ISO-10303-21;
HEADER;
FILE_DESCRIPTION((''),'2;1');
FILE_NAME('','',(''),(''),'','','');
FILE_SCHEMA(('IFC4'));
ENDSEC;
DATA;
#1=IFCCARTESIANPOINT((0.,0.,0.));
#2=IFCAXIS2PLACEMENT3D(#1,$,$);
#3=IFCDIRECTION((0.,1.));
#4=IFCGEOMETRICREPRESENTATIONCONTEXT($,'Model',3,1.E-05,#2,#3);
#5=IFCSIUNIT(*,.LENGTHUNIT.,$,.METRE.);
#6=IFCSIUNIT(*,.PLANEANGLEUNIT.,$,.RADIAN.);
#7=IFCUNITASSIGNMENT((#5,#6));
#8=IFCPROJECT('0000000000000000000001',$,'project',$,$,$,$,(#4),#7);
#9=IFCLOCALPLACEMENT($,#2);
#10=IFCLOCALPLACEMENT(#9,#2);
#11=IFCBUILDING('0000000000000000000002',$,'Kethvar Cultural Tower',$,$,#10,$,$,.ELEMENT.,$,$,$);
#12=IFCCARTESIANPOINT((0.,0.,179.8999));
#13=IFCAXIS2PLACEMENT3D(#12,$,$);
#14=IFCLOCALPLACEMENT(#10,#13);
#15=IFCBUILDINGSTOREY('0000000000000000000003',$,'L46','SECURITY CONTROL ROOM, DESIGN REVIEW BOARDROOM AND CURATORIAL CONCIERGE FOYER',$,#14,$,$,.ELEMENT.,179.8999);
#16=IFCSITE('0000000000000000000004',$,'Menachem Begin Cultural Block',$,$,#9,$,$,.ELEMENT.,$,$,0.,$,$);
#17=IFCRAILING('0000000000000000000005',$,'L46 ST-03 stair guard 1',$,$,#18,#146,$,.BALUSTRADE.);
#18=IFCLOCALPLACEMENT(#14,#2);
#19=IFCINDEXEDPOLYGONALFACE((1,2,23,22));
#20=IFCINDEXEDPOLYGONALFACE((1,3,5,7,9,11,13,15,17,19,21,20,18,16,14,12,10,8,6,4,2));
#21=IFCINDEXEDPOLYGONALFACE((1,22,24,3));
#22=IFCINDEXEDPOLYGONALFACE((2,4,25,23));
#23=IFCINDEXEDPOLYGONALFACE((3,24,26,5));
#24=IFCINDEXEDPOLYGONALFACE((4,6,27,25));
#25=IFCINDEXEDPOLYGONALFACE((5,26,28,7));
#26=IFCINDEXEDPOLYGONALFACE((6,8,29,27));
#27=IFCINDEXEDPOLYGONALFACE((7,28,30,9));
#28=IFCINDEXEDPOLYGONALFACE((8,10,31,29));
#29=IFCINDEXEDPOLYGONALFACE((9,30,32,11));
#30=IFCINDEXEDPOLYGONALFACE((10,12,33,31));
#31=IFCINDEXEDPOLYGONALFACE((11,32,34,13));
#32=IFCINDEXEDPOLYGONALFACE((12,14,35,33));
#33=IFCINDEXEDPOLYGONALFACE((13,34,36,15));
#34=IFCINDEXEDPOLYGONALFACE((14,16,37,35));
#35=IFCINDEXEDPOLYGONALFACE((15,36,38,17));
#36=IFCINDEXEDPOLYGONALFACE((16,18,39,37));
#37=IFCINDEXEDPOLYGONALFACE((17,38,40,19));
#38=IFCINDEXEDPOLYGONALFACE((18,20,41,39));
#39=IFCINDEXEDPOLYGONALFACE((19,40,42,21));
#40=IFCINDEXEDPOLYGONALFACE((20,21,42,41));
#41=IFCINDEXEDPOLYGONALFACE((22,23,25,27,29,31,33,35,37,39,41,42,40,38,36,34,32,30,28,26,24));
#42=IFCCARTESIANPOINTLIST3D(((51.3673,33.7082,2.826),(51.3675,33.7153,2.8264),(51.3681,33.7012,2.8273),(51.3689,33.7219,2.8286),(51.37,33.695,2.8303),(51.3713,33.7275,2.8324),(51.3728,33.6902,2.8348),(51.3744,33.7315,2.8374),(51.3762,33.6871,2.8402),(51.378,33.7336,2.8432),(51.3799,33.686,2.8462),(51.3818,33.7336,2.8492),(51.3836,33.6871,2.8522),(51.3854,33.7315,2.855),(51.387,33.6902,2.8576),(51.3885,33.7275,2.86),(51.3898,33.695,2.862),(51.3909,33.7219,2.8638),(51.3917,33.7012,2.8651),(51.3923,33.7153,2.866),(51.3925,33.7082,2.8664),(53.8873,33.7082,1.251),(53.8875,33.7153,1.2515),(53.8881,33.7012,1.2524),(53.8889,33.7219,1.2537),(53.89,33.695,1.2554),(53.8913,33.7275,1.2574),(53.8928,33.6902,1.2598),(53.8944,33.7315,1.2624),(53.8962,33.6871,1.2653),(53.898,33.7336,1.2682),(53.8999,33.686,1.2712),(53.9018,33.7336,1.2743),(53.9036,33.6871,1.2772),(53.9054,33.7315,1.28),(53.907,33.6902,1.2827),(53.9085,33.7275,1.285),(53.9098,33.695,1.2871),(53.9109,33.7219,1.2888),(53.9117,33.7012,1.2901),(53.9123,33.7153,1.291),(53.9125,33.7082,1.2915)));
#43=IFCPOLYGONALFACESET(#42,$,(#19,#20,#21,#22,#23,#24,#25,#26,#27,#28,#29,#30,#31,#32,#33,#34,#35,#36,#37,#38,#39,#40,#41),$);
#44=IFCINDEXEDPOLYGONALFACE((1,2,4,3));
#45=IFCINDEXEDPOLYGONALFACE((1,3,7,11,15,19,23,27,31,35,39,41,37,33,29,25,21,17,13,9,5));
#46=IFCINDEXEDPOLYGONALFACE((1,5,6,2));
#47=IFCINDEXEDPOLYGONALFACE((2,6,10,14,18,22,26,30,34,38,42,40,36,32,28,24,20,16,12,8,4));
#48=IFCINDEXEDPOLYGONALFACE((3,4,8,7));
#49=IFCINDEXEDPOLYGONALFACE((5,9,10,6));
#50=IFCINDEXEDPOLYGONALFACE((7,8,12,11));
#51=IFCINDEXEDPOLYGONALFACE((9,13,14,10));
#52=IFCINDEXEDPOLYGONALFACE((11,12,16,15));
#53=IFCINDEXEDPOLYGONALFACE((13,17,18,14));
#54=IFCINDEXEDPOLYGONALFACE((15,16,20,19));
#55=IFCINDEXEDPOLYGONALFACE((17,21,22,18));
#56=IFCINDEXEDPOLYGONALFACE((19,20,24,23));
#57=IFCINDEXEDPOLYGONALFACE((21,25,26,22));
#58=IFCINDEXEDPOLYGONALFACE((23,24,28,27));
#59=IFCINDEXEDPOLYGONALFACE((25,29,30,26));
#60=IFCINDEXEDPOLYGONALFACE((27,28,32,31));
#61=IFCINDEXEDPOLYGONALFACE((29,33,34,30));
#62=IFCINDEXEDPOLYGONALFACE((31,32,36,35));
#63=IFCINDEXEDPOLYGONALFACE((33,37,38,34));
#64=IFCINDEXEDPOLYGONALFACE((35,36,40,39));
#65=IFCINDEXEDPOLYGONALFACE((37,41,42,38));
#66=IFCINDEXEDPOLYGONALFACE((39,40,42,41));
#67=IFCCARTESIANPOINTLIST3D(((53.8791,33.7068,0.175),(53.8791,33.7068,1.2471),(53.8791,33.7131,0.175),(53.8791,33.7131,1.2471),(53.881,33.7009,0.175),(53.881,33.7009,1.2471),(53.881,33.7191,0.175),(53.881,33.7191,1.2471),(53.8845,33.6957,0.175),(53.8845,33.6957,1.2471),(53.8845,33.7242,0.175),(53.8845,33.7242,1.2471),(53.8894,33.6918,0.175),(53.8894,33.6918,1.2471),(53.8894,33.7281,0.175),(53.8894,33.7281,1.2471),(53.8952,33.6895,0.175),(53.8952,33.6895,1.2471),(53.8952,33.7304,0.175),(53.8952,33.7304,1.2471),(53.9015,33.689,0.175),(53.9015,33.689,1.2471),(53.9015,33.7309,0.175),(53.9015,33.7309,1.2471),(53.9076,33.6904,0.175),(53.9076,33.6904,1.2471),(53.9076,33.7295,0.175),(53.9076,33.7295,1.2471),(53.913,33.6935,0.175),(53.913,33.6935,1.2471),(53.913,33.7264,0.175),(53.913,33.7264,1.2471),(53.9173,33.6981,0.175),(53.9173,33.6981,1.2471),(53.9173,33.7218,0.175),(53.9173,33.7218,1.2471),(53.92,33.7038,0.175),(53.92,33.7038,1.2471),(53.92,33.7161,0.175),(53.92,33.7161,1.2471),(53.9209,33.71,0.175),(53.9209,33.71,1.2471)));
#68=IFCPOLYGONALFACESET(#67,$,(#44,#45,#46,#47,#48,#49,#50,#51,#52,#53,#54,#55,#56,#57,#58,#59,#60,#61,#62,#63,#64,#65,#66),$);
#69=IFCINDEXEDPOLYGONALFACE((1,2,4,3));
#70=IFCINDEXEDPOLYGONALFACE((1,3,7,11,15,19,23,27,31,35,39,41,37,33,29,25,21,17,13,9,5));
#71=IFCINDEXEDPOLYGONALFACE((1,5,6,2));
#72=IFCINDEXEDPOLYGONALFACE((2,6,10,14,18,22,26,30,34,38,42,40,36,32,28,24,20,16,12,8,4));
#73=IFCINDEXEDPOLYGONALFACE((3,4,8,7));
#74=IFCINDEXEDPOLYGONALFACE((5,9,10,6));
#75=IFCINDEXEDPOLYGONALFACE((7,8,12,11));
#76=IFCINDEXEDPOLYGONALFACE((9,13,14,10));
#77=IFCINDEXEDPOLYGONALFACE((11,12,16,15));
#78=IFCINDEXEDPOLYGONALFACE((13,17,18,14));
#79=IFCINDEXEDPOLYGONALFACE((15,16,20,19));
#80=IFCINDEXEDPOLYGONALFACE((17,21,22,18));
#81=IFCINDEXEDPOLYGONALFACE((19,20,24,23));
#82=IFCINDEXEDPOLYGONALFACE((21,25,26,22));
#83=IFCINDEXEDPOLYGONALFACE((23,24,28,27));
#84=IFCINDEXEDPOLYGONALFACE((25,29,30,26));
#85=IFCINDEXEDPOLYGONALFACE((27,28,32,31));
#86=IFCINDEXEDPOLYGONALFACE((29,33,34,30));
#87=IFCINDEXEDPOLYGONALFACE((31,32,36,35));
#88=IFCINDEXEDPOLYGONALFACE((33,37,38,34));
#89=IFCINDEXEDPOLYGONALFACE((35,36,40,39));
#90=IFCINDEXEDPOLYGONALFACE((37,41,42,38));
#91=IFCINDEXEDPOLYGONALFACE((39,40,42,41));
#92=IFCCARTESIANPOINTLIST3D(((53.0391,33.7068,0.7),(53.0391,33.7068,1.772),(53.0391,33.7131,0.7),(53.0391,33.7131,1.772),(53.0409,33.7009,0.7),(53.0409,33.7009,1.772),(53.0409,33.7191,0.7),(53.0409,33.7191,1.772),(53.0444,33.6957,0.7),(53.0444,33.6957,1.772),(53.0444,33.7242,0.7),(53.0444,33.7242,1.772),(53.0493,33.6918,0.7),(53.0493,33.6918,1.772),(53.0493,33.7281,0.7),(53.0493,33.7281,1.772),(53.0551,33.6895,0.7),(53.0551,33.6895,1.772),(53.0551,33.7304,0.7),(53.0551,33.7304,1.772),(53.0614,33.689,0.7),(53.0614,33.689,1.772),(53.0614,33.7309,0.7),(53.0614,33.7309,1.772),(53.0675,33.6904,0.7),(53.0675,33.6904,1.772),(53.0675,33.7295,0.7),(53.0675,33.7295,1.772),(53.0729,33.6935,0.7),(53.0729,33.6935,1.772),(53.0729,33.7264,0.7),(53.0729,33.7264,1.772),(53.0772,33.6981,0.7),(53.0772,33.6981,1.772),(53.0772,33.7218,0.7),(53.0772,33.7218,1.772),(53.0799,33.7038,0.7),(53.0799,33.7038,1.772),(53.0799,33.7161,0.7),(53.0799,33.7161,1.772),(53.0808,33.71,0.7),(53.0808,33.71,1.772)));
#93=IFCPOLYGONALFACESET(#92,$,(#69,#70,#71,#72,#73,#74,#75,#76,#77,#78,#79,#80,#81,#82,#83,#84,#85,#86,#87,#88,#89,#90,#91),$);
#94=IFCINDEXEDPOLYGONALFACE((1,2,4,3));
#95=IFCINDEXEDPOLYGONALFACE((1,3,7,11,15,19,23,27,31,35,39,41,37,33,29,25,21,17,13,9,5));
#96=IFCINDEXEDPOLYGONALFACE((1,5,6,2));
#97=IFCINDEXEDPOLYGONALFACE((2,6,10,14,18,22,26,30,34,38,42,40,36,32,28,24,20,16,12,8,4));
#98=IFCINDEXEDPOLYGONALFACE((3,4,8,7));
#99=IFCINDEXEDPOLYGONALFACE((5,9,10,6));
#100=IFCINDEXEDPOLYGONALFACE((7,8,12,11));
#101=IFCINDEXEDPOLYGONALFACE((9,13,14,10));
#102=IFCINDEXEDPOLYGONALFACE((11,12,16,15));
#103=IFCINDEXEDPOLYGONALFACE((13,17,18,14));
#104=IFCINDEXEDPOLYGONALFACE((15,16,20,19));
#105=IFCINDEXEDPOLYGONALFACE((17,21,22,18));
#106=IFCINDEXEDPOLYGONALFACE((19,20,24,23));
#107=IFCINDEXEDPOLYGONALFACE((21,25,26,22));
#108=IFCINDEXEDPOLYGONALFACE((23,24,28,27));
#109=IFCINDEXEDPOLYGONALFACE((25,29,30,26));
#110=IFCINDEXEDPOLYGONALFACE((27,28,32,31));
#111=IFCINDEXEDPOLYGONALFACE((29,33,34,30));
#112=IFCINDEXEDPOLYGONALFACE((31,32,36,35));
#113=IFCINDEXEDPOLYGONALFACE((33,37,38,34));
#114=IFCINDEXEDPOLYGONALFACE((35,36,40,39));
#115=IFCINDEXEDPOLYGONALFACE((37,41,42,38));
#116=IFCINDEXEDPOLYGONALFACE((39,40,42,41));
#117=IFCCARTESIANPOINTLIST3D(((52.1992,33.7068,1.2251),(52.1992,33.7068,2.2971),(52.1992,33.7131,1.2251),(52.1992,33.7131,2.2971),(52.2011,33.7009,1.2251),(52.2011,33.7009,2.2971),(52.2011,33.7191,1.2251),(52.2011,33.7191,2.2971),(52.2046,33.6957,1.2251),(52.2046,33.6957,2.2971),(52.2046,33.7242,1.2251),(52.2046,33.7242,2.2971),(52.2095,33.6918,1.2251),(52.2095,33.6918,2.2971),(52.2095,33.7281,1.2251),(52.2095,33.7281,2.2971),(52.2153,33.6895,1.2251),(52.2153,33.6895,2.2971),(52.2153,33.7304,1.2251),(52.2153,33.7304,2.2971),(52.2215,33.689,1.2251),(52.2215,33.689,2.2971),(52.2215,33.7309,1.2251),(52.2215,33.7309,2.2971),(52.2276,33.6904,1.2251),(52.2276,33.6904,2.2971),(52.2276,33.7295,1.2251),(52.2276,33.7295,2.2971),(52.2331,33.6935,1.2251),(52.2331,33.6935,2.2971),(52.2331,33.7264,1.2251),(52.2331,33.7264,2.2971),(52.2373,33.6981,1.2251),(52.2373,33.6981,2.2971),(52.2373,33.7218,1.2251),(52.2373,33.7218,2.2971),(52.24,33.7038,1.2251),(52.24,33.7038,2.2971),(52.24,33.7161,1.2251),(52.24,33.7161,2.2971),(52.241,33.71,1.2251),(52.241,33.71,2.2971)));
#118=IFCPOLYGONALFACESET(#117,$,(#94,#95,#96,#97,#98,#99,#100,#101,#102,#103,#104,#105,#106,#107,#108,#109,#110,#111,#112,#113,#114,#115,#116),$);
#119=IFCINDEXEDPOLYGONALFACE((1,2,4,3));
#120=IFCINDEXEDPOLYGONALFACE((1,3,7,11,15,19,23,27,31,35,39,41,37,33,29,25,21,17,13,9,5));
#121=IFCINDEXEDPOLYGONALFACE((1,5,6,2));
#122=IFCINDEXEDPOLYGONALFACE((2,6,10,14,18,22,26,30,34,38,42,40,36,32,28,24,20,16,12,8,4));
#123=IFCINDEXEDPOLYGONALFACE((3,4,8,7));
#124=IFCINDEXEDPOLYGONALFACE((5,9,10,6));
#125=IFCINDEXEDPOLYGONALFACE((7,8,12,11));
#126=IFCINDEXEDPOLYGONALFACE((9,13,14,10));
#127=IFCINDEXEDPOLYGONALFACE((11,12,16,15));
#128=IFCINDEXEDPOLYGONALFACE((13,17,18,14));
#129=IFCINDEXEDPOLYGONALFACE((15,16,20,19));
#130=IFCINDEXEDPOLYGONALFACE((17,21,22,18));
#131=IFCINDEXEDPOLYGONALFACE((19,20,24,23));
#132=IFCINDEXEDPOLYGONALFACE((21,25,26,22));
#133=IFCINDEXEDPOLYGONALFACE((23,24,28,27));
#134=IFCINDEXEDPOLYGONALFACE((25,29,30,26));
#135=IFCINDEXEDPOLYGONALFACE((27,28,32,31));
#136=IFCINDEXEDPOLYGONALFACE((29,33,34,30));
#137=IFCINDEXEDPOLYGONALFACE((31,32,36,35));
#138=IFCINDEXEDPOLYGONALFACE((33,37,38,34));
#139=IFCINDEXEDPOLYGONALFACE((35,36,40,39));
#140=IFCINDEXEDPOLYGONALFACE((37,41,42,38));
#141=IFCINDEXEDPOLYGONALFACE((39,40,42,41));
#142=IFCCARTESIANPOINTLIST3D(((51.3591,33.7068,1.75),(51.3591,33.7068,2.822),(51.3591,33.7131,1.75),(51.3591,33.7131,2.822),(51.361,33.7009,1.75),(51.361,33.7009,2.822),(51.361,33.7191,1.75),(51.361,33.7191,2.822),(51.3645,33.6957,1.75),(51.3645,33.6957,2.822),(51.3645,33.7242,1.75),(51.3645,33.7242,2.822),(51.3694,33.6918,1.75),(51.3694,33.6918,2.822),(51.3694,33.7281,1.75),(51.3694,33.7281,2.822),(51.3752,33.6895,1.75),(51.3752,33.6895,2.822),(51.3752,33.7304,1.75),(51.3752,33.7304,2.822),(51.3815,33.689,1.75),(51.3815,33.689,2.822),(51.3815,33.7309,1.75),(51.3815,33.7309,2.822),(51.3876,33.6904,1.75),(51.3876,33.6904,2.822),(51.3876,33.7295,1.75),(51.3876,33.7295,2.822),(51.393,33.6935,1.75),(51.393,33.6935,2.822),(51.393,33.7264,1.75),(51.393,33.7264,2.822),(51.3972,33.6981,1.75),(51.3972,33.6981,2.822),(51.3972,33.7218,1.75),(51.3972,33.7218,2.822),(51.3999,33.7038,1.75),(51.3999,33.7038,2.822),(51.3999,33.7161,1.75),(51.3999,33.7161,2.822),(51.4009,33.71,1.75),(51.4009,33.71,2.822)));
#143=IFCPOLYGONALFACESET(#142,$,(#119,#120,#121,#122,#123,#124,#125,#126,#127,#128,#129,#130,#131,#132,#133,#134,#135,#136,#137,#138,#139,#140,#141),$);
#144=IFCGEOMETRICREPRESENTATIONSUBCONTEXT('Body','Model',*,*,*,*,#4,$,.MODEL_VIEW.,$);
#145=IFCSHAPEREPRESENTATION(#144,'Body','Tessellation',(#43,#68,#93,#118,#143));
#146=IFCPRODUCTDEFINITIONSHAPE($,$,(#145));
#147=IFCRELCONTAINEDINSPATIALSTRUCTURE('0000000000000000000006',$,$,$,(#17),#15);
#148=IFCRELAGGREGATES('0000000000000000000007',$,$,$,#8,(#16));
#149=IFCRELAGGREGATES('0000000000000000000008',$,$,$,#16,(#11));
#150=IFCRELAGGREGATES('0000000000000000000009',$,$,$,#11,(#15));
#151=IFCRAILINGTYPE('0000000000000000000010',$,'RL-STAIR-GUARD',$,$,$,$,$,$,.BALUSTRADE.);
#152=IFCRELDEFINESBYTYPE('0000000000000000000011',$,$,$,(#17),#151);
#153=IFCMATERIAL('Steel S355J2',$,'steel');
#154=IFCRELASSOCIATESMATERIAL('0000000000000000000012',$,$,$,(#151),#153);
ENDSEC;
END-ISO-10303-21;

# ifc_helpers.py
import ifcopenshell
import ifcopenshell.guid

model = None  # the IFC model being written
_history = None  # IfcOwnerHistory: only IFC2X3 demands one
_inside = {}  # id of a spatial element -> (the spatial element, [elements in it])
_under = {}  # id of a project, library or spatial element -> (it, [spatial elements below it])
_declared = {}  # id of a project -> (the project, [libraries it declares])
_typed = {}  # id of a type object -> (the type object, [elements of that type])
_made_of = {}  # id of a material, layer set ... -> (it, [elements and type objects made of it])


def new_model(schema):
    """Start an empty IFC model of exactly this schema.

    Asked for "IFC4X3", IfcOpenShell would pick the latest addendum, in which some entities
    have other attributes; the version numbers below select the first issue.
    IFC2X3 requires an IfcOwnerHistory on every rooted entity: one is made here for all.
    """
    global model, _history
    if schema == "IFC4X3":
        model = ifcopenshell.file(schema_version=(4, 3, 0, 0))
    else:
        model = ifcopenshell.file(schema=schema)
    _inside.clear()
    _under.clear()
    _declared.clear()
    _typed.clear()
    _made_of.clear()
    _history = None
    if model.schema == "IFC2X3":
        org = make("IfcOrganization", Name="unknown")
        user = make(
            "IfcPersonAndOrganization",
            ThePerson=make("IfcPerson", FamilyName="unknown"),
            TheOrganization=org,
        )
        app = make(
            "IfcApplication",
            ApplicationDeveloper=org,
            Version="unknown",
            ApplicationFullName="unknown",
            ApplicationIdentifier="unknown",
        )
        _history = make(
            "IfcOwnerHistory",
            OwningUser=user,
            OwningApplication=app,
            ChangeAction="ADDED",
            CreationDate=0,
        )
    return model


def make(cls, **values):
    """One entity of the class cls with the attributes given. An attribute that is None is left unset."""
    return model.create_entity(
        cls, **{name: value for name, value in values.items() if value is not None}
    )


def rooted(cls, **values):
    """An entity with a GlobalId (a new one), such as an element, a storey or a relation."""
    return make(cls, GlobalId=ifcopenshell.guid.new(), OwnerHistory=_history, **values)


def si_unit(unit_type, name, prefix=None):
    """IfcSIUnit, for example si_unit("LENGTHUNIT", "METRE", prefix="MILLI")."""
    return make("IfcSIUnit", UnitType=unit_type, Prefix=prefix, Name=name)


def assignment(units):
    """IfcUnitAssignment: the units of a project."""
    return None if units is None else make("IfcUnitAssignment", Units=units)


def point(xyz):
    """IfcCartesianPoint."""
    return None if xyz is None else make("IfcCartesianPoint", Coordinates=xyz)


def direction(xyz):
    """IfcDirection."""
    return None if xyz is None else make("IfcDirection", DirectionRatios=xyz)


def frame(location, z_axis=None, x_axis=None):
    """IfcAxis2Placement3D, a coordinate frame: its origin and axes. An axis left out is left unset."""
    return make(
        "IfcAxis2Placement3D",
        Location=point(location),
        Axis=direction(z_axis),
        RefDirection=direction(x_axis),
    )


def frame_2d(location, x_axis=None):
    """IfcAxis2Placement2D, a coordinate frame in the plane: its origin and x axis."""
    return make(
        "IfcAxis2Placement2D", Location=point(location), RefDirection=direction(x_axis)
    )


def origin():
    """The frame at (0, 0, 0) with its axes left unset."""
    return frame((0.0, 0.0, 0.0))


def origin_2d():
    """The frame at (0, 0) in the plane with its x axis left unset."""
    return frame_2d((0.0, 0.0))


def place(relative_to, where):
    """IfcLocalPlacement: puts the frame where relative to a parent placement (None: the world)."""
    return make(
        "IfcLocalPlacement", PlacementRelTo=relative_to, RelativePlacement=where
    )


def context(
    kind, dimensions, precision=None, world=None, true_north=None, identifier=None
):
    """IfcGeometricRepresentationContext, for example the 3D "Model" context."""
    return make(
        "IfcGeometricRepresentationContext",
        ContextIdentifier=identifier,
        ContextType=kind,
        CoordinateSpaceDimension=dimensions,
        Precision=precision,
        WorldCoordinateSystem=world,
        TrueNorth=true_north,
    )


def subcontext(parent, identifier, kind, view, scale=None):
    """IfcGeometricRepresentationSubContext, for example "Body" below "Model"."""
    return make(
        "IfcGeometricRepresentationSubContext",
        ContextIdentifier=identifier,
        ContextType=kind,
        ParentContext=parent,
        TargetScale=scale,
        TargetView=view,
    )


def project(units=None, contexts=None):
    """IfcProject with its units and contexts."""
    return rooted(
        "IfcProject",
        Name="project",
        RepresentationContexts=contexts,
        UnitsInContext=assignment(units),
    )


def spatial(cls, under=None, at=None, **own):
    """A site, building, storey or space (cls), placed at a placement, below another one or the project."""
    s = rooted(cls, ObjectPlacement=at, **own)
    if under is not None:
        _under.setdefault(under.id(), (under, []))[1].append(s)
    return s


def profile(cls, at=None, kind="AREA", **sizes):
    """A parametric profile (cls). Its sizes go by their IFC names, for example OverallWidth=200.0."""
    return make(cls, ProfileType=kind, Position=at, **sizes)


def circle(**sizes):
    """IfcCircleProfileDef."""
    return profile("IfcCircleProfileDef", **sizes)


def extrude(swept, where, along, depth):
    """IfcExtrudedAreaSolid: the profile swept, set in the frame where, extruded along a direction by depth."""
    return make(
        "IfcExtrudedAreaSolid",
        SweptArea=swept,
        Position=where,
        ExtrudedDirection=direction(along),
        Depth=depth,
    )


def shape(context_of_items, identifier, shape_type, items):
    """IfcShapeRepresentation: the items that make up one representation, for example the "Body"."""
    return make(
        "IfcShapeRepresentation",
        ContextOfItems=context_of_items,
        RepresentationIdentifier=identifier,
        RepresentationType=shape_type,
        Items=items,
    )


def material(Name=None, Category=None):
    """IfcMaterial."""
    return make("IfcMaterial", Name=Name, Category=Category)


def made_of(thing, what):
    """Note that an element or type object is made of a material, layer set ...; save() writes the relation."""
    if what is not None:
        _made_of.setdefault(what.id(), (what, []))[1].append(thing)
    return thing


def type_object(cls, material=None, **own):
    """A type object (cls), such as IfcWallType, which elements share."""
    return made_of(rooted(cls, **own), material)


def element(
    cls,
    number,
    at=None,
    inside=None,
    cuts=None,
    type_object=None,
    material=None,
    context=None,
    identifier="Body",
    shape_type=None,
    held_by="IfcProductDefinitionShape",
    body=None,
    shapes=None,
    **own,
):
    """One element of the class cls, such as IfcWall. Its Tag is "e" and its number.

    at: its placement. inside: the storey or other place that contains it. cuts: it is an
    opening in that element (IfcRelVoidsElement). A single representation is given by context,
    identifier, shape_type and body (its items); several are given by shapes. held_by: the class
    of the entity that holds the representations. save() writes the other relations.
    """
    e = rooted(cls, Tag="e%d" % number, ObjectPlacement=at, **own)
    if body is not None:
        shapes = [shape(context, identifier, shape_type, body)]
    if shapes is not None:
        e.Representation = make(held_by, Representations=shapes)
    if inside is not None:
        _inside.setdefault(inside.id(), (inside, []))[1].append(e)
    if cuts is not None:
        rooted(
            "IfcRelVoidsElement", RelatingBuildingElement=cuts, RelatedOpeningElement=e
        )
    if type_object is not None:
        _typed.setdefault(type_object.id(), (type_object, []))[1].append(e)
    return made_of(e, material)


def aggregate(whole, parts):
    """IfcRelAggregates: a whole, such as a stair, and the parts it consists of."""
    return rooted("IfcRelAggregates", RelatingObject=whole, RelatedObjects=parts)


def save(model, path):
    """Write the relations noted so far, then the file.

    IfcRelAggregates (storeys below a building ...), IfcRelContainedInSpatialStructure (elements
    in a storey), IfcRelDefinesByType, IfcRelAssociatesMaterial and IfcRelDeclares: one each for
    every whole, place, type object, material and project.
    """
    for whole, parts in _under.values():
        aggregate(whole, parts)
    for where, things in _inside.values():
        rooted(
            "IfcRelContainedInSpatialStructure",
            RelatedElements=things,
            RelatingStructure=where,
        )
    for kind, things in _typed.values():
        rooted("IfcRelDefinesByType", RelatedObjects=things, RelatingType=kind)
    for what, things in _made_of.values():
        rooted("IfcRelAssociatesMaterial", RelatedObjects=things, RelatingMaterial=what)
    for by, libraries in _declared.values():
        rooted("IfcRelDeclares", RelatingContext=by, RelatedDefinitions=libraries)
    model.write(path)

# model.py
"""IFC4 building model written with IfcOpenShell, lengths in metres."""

from ifc_helpers import new_model, si_unit, direction, frame, origin, origin_2d, place, context, subcontext, project, spatial, circle, extrude, material, type_object, element, save


model = new_model("IFC4")

# Units and contexts
model_context = context("Model", 3, precision=1e-05, world=origin(), true_north=direction((0.0, 1.0)))
body_context = subcontext(model_context, "Body", "Model", "MODEL_VIEW")
ifc_project = project(units=[si_unit("LENGTHUNIT", "METRE"), si_unit("PLANEANGLEUNIT", "RADIAN")], contexts=[model_context])

# Site, building, storey
site_placement = place(None, origin())
site = spatial("IfcSite", under=ifc_project, at=site_placement, Name="Menachem Begin Cultural Block", CompositionType="ELEMENT", RefElevation=0.0)
building_placement = place(site_placement, origin())
building = spatial("IfcBuilding", under=site, at=building_placement, Name="Kethvar Cultural Tower", CompositionType="ELEMENT")
storey_placement = place(building_placement, frame((0.0, 0.0, 179.8999)))
storey = spatial("IfcBuildingStorey", under=building, at=storey_placement, Name="L46", Description="SECURITY CONTROL ROOM, DESIGN REVIEW BOARDROOM AND CURATORIAL CONCIERGE FOYER", CompositionType="ELEMENT", Elevation=179.8999)

# Shared definitions
ifc_material_1 = material(Name="Steel S355J2", Category="steel")

# Railing
railing_type_1 = type_object("IfcRailingType", Name="RL-STAIR-GUARD", PredefinedType="BALUSTRADE", material=ifc_material_1)
railing_1_placement = place(storey_placement, frame((53.8999, 33.71, 0.175)))
element("IfcRailing", 1, at=railing_1_placement, inside=storey, type_object=railing_type_1, Name="L46 ST-03 stair guard 1", PredefinedType="BALUSTRADE", context=body_context, shape_type="SweptSolid", body=[
    extrude(circle(Radius=0.0239, at=origin_2d()), frame((0.0, 0.0, 1.0962), z_axis=(-0.848008, 0.0, 0.529984), x_axis=(0.0, -1.0, 0.0)), (0.0, 0.0, 1.0), 2.9717),
    extrude(circle(Radius=0.021, at=origin_2d()), origin(), (0.0, 0.0, 1.0), 1.072),
    extrude(circle(Radius=0.021, at=origin_2d()), frame((-0.8401, 0.0, 0.5249)), (0.0, 0.0, 1.0), 1.072),
    extrude(circle(Radius=0.021, at=origin_2d()), frame((-1.6799, 0.0, 1.05)), (0.0, 0.0, 1.0), 1.072),
    extrude(circle(Radius=0.021, at=origin_2d()), frame((-2.52, 0.0, 1.575)), (0.0, 0.0, 1.0), 1.072),
])

save(model, "model.ifc")
